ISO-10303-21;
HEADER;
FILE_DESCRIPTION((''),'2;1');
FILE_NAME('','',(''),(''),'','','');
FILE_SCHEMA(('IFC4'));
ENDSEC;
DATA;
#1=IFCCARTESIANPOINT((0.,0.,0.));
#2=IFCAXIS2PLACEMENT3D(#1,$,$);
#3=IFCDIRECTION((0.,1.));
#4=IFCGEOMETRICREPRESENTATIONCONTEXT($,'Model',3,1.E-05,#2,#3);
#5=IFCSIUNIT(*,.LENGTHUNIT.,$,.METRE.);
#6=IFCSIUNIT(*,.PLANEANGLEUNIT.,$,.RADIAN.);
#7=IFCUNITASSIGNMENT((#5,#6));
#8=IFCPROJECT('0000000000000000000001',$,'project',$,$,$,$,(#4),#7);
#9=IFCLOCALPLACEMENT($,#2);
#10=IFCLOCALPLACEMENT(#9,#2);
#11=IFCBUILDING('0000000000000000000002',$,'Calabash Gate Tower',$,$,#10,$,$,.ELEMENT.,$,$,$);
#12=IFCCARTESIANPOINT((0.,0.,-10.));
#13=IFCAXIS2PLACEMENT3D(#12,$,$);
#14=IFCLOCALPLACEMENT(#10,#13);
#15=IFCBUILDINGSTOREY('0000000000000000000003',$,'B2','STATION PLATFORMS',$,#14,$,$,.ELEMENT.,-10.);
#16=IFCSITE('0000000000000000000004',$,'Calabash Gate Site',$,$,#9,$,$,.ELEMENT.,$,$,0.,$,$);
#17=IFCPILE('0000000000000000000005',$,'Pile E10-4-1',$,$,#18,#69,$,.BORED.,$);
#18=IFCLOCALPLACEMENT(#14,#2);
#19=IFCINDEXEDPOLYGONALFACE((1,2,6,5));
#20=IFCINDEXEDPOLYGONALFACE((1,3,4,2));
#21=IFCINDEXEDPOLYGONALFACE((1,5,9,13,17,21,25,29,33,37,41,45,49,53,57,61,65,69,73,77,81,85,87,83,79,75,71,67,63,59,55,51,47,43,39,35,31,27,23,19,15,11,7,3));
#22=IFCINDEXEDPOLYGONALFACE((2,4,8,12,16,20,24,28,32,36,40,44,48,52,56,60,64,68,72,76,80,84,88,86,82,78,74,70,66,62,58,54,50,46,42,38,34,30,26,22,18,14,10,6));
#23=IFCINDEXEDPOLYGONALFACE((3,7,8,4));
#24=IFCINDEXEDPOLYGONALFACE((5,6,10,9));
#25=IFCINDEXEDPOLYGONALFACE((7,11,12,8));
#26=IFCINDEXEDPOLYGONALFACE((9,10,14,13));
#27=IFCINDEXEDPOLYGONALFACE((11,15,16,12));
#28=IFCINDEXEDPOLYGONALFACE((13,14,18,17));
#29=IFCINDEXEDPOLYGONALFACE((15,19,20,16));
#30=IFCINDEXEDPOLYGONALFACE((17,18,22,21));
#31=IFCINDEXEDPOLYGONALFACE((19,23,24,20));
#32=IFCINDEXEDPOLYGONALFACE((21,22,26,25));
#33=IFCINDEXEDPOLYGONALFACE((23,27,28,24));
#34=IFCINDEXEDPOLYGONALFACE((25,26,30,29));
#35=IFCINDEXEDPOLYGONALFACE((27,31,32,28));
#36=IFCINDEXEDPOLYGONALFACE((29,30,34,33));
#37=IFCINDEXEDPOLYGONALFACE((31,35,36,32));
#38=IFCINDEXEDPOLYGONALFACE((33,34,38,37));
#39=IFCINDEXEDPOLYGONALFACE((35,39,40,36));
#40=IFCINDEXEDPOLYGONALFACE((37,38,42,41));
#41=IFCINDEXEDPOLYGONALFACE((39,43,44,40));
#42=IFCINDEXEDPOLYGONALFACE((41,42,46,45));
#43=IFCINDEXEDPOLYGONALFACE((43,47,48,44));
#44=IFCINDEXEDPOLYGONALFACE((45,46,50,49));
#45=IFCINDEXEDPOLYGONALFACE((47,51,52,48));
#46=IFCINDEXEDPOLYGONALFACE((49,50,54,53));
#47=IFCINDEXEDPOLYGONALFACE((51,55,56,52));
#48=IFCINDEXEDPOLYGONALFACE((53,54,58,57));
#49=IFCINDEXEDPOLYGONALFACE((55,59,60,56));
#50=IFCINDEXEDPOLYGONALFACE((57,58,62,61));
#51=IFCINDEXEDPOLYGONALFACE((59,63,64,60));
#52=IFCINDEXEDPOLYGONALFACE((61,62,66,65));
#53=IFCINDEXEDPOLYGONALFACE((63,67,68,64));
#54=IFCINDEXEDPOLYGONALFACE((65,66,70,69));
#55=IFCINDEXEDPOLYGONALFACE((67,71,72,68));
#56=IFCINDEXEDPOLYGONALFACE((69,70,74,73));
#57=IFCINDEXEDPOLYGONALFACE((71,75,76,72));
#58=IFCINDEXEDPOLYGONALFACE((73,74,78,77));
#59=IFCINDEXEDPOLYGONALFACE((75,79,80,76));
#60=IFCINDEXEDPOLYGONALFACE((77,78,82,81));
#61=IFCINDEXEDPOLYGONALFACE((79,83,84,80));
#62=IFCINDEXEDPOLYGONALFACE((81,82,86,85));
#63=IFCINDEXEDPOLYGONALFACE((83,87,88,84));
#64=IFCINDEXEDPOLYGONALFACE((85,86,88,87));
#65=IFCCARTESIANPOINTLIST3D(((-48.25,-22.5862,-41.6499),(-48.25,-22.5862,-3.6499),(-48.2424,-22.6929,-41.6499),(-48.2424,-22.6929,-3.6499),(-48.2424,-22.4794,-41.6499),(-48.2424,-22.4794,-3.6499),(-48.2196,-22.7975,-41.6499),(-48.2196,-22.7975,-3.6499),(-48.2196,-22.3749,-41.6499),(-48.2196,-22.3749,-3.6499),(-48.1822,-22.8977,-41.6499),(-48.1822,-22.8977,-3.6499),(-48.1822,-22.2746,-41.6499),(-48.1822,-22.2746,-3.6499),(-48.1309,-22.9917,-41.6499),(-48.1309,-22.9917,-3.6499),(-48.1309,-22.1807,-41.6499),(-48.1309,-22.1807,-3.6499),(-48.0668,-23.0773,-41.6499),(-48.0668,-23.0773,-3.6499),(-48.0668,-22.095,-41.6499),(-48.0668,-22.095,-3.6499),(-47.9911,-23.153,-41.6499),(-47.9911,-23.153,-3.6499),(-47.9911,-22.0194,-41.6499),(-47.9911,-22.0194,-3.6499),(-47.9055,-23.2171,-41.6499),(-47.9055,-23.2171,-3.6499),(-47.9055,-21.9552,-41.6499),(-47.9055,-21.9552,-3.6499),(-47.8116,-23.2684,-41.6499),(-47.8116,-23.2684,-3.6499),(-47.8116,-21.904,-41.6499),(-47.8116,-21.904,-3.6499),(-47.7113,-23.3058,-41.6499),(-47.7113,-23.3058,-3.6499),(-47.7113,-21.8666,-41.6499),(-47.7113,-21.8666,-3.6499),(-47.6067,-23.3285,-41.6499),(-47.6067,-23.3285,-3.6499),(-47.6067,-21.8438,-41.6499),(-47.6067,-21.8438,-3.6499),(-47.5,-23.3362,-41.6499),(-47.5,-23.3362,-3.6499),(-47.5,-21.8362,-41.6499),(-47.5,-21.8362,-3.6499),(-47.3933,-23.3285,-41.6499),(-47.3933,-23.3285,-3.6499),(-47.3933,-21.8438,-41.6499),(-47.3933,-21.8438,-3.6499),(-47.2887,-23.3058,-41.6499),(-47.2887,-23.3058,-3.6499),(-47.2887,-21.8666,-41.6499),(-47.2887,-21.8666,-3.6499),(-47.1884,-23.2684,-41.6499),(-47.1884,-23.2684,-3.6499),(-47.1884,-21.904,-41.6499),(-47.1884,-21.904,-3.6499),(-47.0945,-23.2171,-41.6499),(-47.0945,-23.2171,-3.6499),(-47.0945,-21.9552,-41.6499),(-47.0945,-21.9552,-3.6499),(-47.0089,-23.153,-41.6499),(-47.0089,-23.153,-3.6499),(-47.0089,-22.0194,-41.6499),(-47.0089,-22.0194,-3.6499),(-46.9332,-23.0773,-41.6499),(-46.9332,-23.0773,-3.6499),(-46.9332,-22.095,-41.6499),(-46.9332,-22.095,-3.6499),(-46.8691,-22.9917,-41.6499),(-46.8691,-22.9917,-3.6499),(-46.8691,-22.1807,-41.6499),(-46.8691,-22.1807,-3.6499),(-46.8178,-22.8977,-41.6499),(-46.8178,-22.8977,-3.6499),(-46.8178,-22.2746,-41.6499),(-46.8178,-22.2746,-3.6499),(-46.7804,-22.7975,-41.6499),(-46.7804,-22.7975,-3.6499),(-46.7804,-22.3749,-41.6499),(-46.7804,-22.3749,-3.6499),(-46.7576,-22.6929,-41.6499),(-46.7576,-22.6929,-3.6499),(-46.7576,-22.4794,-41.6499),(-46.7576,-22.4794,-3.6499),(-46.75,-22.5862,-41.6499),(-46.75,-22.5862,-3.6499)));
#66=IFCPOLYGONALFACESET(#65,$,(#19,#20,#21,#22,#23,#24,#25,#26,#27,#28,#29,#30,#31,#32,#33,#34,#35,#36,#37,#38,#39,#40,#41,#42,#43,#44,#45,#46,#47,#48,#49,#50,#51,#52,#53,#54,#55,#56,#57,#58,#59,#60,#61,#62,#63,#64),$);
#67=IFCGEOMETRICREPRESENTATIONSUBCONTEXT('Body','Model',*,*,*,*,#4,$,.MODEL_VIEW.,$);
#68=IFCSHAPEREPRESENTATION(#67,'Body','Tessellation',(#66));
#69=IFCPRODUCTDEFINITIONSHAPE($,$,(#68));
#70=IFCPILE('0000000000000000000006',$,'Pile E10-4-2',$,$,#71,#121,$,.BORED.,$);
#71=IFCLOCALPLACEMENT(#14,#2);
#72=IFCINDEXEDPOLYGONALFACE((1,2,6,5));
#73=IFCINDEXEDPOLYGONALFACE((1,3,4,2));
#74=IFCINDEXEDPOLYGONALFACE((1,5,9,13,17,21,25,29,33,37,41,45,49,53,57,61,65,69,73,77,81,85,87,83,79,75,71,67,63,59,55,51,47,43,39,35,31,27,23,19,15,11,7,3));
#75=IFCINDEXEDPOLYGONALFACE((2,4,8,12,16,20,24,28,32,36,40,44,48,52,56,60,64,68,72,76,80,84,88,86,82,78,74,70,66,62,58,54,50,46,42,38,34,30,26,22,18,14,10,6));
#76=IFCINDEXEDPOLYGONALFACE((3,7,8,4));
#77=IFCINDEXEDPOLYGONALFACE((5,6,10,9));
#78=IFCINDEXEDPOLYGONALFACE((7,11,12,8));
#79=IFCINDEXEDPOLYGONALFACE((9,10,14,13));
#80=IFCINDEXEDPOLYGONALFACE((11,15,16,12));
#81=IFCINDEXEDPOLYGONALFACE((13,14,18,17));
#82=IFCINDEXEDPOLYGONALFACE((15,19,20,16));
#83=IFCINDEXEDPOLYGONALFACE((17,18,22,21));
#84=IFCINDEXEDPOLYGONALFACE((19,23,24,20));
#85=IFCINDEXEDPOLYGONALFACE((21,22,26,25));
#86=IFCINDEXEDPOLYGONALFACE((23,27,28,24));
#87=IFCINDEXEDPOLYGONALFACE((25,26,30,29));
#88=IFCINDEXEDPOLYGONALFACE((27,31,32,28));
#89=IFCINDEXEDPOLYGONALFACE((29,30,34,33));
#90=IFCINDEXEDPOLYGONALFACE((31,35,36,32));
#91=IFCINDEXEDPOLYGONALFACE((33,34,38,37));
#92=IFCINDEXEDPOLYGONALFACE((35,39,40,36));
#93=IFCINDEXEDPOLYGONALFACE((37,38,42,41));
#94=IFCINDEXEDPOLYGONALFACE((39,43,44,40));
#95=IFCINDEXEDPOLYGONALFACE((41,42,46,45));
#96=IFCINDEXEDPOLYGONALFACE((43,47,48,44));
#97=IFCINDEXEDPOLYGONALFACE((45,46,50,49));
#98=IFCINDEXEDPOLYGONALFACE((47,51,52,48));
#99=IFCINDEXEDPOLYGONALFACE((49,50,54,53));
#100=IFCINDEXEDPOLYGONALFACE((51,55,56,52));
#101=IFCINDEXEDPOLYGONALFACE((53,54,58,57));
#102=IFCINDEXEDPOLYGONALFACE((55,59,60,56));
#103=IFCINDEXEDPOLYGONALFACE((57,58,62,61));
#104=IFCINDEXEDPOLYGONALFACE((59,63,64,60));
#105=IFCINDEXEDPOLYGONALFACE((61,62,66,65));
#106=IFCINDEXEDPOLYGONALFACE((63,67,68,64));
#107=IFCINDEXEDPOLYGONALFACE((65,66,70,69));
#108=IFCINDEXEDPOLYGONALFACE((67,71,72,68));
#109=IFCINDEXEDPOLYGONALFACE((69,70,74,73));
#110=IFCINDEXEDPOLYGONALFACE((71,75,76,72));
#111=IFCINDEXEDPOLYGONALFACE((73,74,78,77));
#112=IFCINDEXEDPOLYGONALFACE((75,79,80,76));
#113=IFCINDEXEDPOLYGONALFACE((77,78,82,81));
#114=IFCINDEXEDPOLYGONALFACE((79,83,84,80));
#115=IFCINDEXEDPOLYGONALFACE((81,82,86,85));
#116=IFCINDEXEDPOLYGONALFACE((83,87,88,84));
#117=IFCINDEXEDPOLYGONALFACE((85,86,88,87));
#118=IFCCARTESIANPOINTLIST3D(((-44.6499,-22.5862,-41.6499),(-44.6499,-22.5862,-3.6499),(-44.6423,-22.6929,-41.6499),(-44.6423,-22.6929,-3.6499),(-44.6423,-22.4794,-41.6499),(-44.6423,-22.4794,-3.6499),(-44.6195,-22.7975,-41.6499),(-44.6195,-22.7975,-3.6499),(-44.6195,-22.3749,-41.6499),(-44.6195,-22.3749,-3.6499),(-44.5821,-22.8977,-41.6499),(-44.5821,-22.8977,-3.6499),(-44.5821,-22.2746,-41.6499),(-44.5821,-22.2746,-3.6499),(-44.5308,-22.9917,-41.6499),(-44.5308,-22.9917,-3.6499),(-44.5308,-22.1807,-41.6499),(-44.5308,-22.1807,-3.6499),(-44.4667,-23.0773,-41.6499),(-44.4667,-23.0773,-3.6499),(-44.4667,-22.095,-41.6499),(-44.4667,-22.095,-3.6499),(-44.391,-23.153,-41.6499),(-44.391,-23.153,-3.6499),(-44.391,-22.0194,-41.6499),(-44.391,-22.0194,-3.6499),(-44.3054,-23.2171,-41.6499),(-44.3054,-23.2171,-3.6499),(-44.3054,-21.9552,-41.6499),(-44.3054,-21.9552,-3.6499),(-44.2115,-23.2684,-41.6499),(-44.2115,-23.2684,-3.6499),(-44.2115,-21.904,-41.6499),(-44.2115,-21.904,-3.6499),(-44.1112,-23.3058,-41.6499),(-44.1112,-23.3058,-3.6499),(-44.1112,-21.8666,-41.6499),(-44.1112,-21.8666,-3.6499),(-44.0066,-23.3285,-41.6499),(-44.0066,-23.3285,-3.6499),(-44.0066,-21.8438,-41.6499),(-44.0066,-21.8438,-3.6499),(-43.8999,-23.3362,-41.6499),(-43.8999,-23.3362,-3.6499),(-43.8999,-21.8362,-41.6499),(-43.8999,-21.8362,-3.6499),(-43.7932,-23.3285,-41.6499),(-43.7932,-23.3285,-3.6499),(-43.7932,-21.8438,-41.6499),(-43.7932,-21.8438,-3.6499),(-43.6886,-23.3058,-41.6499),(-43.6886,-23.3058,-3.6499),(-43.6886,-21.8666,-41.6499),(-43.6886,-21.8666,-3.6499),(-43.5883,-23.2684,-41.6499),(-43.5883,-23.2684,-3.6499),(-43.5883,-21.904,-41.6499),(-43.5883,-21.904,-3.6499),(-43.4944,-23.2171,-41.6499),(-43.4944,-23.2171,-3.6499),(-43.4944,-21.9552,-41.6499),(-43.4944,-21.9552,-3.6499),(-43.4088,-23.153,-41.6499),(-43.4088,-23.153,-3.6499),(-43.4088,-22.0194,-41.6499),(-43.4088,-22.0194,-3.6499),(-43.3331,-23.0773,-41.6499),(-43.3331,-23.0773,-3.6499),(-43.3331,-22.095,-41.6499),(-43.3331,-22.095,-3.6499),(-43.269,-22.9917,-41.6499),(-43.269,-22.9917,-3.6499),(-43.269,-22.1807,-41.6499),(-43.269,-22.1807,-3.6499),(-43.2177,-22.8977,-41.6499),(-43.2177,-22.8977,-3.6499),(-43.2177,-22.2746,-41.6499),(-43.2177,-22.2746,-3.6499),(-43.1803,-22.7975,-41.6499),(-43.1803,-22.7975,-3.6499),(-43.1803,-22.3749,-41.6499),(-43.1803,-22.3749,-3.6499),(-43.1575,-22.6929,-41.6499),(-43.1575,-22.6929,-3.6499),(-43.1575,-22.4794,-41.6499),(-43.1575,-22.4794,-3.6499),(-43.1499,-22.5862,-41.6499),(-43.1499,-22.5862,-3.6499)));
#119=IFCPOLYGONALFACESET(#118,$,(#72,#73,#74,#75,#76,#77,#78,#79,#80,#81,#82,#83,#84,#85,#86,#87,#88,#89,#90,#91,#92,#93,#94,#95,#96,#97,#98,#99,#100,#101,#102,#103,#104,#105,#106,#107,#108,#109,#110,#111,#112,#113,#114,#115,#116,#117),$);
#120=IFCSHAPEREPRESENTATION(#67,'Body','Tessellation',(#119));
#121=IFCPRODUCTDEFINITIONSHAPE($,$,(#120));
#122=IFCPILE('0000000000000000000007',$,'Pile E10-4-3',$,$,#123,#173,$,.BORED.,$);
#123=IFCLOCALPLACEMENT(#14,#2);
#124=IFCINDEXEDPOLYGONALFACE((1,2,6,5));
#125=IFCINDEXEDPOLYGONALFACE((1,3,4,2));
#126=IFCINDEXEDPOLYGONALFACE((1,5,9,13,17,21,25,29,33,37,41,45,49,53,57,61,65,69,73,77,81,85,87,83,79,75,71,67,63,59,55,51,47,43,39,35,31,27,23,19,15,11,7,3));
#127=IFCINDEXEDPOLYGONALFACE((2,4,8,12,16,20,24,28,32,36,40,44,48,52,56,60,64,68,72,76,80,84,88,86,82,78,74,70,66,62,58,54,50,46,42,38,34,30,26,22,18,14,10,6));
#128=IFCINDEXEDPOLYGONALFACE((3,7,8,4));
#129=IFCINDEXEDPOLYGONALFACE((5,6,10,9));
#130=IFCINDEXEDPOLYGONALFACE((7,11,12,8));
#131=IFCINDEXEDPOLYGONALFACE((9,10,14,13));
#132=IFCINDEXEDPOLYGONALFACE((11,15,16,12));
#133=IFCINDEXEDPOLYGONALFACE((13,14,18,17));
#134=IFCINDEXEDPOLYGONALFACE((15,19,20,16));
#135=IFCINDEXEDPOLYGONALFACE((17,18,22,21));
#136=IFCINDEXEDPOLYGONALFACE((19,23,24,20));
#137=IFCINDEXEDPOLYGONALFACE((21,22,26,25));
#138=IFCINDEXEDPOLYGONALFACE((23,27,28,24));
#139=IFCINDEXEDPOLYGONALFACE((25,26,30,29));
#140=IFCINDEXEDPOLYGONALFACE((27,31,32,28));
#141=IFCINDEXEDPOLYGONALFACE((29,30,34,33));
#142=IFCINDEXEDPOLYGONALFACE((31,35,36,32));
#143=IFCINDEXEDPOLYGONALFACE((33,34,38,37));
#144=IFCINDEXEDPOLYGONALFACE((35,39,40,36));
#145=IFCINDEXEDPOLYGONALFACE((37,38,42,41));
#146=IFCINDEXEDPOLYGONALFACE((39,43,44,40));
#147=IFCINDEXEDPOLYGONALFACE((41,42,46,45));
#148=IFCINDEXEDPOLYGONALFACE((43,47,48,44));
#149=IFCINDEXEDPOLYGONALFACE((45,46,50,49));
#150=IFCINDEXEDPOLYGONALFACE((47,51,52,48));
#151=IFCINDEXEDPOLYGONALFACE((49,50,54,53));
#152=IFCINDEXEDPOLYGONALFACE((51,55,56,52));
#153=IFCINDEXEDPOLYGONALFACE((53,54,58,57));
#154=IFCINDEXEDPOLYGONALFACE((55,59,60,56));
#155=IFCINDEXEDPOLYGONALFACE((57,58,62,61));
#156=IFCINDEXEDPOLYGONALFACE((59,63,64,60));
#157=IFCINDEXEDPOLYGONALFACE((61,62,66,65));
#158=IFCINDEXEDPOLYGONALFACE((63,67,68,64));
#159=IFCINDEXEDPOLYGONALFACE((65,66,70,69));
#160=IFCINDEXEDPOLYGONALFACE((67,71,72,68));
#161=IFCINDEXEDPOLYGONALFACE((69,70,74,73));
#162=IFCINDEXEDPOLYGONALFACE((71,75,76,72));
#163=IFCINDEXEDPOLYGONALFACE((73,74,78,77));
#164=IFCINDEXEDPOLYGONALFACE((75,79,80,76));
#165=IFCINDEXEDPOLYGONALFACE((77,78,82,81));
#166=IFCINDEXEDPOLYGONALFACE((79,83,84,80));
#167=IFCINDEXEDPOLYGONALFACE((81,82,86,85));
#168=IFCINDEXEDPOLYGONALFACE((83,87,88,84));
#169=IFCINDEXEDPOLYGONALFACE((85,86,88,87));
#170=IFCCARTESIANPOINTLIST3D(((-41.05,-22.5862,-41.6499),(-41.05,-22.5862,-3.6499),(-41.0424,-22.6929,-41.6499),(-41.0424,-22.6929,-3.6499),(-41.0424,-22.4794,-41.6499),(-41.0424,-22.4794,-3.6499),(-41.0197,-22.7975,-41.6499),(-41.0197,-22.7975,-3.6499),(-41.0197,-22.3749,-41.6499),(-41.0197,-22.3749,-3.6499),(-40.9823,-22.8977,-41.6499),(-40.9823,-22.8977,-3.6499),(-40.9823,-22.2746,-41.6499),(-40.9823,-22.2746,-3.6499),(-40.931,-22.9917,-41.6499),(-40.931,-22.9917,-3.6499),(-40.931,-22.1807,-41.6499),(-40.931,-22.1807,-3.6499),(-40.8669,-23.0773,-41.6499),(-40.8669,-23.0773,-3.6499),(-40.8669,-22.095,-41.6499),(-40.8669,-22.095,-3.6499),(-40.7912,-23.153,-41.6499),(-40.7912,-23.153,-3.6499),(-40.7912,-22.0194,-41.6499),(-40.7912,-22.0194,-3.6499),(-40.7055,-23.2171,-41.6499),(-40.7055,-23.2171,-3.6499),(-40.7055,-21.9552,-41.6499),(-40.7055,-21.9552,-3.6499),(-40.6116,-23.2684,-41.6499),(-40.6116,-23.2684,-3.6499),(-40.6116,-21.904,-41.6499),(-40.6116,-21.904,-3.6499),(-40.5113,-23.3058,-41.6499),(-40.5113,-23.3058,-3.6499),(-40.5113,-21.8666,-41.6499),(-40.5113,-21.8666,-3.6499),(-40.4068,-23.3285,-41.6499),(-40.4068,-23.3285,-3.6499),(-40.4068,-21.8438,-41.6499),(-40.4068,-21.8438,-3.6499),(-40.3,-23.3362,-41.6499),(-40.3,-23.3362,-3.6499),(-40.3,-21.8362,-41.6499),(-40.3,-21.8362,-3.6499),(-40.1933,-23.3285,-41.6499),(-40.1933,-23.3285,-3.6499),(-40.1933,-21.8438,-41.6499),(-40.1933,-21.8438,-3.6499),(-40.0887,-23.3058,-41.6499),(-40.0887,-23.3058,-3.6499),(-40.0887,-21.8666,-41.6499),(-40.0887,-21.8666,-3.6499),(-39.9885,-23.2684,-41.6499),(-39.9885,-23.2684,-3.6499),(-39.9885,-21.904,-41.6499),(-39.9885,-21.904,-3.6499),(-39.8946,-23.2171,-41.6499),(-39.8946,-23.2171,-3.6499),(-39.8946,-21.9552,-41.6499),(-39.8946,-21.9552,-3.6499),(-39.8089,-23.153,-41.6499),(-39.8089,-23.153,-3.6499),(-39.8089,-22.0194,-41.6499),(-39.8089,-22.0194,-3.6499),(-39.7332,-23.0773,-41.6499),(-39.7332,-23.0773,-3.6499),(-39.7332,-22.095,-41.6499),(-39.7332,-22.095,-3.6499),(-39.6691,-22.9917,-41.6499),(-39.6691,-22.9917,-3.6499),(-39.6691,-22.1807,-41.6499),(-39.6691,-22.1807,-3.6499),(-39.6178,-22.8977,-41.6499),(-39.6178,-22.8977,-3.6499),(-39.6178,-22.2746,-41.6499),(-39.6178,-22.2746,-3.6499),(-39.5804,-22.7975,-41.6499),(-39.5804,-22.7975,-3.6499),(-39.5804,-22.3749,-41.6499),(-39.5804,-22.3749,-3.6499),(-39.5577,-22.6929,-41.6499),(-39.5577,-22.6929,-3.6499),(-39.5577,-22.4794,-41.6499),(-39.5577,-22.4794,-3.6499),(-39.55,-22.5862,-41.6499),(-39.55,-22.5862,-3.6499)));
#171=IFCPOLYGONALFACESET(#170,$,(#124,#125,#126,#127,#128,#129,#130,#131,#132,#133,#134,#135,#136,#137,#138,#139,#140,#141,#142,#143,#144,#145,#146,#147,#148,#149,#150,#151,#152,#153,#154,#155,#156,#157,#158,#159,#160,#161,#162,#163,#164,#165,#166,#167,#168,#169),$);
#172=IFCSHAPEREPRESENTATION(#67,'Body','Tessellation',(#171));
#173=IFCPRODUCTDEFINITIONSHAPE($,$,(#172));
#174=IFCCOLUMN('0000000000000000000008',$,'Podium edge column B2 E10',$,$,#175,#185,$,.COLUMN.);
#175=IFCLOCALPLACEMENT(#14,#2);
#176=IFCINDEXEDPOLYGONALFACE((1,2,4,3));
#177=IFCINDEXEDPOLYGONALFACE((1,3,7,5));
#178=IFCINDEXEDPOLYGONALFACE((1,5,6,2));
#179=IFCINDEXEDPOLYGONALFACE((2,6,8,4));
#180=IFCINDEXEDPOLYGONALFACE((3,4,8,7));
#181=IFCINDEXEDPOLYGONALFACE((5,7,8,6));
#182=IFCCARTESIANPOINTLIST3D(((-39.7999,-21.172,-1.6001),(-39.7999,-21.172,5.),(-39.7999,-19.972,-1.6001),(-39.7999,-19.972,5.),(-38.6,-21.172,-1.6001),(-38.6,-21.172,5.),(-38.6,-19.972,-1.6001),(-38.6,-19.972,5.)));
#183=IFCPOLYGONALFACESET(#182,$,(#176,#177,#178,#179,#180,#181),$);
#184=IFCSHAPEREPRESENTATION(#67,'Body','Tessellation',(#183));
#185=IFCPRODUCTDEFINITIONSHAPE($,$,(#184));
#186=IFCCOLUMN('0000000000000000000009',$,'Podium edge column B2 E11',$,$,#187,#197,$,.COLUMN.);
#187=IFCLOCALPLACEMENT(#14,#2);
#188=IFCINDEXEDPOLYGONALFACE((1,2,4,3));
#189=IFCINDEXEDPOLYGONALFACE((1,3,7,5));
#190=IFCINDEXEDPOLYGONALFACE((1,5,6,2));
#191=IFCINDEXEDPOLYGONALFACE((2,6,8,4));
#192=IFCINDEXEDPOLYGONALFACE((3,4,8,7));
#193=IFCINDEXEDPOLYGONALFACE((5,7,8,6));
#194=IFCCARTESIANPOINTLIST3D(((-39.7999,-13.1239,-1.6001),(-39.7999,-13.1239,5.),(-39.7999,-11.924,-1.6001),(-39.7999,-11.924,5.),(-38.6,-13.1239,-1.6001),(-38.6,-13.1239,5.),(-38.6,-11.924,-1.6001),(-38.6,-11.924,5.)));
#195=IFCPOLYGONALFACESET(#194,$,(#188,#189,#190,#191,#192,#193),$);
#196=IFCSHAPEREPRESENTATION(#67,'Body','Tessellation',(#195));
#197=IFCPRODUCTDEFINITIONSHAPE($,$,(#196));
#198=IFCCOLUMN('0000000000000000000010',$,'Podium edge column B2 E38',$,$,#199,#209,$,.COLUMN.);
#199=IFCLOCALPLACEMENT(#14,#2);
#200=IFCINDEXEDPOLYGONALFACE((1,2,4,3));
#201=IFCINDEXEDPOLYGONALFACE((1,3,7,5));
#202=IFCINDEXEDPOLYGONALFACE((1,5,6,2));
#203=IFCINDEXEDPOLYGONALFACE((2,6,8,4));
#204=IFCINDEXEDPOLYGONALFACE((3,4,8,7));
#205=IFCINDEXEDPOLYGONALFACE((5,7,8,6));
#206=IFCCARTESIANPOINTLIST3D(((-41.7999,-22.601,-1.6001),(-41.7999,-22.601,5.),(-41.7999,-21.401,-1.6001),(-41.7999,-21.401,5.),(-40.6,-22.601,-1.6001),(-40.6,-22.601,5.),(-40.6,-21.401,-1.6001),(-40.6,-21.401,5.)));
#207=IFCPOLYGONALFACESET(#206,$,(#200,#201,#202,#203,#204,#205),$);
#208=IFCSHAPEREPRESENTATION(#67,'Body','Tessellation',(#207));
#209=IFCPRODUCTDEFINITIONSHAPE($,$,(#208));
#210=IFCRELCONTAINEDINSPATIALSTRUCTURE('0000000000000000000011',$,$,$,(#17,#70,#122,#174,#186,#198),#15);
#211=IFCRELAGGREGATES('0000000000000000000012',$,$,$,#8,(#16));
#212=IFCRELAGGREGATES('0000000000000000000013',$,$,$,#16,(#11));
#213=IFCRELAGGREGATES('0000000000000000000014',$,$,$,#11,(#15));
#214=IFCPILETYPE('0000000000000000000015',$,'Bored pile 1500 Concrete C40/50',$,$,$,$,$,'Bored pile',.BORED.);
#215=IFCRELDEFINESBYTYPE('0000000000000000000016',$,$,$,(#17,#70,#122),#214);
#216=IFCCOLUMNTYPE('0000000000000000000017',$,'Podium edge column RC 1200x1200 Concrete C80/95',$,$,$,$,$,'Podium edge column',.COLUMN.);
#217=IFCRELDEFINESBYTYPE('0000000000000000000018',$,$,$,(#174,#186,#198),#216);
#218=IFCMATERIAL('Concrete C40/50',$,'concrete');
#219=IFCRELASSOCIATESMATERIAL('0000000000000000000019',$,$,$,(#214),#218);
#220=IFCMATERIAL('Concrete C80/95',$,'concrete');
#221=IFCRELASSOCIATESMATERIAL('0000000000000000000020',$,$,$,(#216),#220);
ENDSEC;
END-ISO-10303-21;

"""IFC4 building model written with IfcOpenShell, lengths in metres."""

from ifc_helpers import new_model, si_unit, direction, frame, origin, origin_2d, place, context, subcontext, project, spatial, rectangle, circle, extrude, material, material_profile, profile_set, type_object, element, save


model = new_model("IFC4")

# Units and contexts
model_context = context("Model", 3, precision=1e-05, world=origin(), true_north=direction((0.0, 1.0)))
body_context = subcontext(model_context, "Body", "Model", "MODEL_VIEW")
ifc_project = project(units=[si_unit("LENGTHUNIT", "METRE"), si_unit("PLANEANGLEUNIT", "RADIAN")], contexts=[model_context])

# Site, building, storey
site_placement = place(None, origin())
site = spatial("IfcSite", under=ifc_project, at=site_placement, Name="Calabash Gate Site", CompositionType="ELEMENT", RefElevation=0.0)
building_placement = place(site_placement, origin())
building = spatial("IfcBuilding", under=site, at=building_placement, Name="Calabash Gate Tower", CompositionType="ELEMENT")
storey_placement = place(building_placement, frame((0.0, 0.0, -10.0)))
storey = spatial("IfcBuildingStorey", under=building, at=storey_placement, Name="B2", Description="STATION PLATFORMS", CompositionType="ELEMENT", Elevation=-10.0)

# Piles
ifc_material_1 = material(Name="Concrete C40/50", Category="concrete")
ifc_material_profile_1 = material_profile(ifc_material_1, circle(Radius=0.75, at=origin_2d()))
ifc_profile_set_1 = profile_set([ifc_material_profile_1], Name="Concrete C40/50")
pile_type = type_object("IfcPileType", Name="Bored pile 1500 Concrete C40/50", ElementType="Bored pile", PredefinedType="BORED", material=ifc_profile_set_1)
for number, where, z_axis, x_axis, name in (
    (1, (-47.5, -22.5862, -3.6499), (0.0, 0.0, -1.0), (1.0, 0.0, 0.0), "Pile E10-4-1"),
    (2, (-43.8999, -22.5862, -3.6499), (0.0, 0.0, -1.0), (1.0, 0.0, 0.0), "Pile E10-4-2"),
    (3, (-40.3, -22.5862, -3.6499), (0.0, 0.0, -1.0), (1.0, 0.0, 0.0), "Pile E10-4-3"),
):
    element("IfcPile", number, at=place(storey_placement, frame(where, z_axis=z_axis, x_axis=x_axis)), inside=storey, type_object=pile_type, Name=name, PredefinedType="BORED", context=body_context, shape_type="SweptSolid", body=[
        extrude(circle(Radius=0.75, at=origin_2d()), origin(), (0.0, 0.0, 1.0), 38.0),
    ])

# Columns
ifc_material_2 = material(Name="Concrete C80/95", Category="concrete")
ifc_material_profile_2 = material_profile(ifc_material_2, rectangle(XDim=1.2, YDim=1.2, at=origin_2d()))
ifc_profile_set_2 = profile_set([ifc_material_profile_2], Name="Concrete C80/95")
column_type = type_object("IfcColumnType", Name="Podium edge column RC 1200x1200 Concrete C80/95", ElementType="Podium edge column", PredefinedType="COLUMN", material=ifc_profile_set_2)
for number, where, z_axis, x_axis, name in (
    (4, (-39.2, -20.572, -1.6001), (0.0, 0.0, 1.0), (1.0, 0.0, 0.0), "Podium edge column B2 E10"),
    (5, (-39.2, -12.5239, -1.6001), (0.0, 0.0, 1.0), (1.0, 0.0, 0.0), "Podium edge column B2 E11"),
    (6, (-41.2, -22.001, -1.6001), (0.0, 0.0, 1.0), (1.0, 0.0, 0.0), "Podium edge column B2 E38"),
):
    element("IfcColumn", number, at=place(storey_placement, frame(where, z_axis=z_axis, x_axis=x_axis)), inside=storey, type_object=column_type, Name=name, PredefinedType="COLUMN", context=body_context, shape_type="SweptSolid", body=[
        extrude(rectangle(XDim=1.2, YDim=1.2, at=origin_2d()), origin(), (0.0, 0.0, 1.0), 6.6001),
    ])

save(model, "model.ifc")
